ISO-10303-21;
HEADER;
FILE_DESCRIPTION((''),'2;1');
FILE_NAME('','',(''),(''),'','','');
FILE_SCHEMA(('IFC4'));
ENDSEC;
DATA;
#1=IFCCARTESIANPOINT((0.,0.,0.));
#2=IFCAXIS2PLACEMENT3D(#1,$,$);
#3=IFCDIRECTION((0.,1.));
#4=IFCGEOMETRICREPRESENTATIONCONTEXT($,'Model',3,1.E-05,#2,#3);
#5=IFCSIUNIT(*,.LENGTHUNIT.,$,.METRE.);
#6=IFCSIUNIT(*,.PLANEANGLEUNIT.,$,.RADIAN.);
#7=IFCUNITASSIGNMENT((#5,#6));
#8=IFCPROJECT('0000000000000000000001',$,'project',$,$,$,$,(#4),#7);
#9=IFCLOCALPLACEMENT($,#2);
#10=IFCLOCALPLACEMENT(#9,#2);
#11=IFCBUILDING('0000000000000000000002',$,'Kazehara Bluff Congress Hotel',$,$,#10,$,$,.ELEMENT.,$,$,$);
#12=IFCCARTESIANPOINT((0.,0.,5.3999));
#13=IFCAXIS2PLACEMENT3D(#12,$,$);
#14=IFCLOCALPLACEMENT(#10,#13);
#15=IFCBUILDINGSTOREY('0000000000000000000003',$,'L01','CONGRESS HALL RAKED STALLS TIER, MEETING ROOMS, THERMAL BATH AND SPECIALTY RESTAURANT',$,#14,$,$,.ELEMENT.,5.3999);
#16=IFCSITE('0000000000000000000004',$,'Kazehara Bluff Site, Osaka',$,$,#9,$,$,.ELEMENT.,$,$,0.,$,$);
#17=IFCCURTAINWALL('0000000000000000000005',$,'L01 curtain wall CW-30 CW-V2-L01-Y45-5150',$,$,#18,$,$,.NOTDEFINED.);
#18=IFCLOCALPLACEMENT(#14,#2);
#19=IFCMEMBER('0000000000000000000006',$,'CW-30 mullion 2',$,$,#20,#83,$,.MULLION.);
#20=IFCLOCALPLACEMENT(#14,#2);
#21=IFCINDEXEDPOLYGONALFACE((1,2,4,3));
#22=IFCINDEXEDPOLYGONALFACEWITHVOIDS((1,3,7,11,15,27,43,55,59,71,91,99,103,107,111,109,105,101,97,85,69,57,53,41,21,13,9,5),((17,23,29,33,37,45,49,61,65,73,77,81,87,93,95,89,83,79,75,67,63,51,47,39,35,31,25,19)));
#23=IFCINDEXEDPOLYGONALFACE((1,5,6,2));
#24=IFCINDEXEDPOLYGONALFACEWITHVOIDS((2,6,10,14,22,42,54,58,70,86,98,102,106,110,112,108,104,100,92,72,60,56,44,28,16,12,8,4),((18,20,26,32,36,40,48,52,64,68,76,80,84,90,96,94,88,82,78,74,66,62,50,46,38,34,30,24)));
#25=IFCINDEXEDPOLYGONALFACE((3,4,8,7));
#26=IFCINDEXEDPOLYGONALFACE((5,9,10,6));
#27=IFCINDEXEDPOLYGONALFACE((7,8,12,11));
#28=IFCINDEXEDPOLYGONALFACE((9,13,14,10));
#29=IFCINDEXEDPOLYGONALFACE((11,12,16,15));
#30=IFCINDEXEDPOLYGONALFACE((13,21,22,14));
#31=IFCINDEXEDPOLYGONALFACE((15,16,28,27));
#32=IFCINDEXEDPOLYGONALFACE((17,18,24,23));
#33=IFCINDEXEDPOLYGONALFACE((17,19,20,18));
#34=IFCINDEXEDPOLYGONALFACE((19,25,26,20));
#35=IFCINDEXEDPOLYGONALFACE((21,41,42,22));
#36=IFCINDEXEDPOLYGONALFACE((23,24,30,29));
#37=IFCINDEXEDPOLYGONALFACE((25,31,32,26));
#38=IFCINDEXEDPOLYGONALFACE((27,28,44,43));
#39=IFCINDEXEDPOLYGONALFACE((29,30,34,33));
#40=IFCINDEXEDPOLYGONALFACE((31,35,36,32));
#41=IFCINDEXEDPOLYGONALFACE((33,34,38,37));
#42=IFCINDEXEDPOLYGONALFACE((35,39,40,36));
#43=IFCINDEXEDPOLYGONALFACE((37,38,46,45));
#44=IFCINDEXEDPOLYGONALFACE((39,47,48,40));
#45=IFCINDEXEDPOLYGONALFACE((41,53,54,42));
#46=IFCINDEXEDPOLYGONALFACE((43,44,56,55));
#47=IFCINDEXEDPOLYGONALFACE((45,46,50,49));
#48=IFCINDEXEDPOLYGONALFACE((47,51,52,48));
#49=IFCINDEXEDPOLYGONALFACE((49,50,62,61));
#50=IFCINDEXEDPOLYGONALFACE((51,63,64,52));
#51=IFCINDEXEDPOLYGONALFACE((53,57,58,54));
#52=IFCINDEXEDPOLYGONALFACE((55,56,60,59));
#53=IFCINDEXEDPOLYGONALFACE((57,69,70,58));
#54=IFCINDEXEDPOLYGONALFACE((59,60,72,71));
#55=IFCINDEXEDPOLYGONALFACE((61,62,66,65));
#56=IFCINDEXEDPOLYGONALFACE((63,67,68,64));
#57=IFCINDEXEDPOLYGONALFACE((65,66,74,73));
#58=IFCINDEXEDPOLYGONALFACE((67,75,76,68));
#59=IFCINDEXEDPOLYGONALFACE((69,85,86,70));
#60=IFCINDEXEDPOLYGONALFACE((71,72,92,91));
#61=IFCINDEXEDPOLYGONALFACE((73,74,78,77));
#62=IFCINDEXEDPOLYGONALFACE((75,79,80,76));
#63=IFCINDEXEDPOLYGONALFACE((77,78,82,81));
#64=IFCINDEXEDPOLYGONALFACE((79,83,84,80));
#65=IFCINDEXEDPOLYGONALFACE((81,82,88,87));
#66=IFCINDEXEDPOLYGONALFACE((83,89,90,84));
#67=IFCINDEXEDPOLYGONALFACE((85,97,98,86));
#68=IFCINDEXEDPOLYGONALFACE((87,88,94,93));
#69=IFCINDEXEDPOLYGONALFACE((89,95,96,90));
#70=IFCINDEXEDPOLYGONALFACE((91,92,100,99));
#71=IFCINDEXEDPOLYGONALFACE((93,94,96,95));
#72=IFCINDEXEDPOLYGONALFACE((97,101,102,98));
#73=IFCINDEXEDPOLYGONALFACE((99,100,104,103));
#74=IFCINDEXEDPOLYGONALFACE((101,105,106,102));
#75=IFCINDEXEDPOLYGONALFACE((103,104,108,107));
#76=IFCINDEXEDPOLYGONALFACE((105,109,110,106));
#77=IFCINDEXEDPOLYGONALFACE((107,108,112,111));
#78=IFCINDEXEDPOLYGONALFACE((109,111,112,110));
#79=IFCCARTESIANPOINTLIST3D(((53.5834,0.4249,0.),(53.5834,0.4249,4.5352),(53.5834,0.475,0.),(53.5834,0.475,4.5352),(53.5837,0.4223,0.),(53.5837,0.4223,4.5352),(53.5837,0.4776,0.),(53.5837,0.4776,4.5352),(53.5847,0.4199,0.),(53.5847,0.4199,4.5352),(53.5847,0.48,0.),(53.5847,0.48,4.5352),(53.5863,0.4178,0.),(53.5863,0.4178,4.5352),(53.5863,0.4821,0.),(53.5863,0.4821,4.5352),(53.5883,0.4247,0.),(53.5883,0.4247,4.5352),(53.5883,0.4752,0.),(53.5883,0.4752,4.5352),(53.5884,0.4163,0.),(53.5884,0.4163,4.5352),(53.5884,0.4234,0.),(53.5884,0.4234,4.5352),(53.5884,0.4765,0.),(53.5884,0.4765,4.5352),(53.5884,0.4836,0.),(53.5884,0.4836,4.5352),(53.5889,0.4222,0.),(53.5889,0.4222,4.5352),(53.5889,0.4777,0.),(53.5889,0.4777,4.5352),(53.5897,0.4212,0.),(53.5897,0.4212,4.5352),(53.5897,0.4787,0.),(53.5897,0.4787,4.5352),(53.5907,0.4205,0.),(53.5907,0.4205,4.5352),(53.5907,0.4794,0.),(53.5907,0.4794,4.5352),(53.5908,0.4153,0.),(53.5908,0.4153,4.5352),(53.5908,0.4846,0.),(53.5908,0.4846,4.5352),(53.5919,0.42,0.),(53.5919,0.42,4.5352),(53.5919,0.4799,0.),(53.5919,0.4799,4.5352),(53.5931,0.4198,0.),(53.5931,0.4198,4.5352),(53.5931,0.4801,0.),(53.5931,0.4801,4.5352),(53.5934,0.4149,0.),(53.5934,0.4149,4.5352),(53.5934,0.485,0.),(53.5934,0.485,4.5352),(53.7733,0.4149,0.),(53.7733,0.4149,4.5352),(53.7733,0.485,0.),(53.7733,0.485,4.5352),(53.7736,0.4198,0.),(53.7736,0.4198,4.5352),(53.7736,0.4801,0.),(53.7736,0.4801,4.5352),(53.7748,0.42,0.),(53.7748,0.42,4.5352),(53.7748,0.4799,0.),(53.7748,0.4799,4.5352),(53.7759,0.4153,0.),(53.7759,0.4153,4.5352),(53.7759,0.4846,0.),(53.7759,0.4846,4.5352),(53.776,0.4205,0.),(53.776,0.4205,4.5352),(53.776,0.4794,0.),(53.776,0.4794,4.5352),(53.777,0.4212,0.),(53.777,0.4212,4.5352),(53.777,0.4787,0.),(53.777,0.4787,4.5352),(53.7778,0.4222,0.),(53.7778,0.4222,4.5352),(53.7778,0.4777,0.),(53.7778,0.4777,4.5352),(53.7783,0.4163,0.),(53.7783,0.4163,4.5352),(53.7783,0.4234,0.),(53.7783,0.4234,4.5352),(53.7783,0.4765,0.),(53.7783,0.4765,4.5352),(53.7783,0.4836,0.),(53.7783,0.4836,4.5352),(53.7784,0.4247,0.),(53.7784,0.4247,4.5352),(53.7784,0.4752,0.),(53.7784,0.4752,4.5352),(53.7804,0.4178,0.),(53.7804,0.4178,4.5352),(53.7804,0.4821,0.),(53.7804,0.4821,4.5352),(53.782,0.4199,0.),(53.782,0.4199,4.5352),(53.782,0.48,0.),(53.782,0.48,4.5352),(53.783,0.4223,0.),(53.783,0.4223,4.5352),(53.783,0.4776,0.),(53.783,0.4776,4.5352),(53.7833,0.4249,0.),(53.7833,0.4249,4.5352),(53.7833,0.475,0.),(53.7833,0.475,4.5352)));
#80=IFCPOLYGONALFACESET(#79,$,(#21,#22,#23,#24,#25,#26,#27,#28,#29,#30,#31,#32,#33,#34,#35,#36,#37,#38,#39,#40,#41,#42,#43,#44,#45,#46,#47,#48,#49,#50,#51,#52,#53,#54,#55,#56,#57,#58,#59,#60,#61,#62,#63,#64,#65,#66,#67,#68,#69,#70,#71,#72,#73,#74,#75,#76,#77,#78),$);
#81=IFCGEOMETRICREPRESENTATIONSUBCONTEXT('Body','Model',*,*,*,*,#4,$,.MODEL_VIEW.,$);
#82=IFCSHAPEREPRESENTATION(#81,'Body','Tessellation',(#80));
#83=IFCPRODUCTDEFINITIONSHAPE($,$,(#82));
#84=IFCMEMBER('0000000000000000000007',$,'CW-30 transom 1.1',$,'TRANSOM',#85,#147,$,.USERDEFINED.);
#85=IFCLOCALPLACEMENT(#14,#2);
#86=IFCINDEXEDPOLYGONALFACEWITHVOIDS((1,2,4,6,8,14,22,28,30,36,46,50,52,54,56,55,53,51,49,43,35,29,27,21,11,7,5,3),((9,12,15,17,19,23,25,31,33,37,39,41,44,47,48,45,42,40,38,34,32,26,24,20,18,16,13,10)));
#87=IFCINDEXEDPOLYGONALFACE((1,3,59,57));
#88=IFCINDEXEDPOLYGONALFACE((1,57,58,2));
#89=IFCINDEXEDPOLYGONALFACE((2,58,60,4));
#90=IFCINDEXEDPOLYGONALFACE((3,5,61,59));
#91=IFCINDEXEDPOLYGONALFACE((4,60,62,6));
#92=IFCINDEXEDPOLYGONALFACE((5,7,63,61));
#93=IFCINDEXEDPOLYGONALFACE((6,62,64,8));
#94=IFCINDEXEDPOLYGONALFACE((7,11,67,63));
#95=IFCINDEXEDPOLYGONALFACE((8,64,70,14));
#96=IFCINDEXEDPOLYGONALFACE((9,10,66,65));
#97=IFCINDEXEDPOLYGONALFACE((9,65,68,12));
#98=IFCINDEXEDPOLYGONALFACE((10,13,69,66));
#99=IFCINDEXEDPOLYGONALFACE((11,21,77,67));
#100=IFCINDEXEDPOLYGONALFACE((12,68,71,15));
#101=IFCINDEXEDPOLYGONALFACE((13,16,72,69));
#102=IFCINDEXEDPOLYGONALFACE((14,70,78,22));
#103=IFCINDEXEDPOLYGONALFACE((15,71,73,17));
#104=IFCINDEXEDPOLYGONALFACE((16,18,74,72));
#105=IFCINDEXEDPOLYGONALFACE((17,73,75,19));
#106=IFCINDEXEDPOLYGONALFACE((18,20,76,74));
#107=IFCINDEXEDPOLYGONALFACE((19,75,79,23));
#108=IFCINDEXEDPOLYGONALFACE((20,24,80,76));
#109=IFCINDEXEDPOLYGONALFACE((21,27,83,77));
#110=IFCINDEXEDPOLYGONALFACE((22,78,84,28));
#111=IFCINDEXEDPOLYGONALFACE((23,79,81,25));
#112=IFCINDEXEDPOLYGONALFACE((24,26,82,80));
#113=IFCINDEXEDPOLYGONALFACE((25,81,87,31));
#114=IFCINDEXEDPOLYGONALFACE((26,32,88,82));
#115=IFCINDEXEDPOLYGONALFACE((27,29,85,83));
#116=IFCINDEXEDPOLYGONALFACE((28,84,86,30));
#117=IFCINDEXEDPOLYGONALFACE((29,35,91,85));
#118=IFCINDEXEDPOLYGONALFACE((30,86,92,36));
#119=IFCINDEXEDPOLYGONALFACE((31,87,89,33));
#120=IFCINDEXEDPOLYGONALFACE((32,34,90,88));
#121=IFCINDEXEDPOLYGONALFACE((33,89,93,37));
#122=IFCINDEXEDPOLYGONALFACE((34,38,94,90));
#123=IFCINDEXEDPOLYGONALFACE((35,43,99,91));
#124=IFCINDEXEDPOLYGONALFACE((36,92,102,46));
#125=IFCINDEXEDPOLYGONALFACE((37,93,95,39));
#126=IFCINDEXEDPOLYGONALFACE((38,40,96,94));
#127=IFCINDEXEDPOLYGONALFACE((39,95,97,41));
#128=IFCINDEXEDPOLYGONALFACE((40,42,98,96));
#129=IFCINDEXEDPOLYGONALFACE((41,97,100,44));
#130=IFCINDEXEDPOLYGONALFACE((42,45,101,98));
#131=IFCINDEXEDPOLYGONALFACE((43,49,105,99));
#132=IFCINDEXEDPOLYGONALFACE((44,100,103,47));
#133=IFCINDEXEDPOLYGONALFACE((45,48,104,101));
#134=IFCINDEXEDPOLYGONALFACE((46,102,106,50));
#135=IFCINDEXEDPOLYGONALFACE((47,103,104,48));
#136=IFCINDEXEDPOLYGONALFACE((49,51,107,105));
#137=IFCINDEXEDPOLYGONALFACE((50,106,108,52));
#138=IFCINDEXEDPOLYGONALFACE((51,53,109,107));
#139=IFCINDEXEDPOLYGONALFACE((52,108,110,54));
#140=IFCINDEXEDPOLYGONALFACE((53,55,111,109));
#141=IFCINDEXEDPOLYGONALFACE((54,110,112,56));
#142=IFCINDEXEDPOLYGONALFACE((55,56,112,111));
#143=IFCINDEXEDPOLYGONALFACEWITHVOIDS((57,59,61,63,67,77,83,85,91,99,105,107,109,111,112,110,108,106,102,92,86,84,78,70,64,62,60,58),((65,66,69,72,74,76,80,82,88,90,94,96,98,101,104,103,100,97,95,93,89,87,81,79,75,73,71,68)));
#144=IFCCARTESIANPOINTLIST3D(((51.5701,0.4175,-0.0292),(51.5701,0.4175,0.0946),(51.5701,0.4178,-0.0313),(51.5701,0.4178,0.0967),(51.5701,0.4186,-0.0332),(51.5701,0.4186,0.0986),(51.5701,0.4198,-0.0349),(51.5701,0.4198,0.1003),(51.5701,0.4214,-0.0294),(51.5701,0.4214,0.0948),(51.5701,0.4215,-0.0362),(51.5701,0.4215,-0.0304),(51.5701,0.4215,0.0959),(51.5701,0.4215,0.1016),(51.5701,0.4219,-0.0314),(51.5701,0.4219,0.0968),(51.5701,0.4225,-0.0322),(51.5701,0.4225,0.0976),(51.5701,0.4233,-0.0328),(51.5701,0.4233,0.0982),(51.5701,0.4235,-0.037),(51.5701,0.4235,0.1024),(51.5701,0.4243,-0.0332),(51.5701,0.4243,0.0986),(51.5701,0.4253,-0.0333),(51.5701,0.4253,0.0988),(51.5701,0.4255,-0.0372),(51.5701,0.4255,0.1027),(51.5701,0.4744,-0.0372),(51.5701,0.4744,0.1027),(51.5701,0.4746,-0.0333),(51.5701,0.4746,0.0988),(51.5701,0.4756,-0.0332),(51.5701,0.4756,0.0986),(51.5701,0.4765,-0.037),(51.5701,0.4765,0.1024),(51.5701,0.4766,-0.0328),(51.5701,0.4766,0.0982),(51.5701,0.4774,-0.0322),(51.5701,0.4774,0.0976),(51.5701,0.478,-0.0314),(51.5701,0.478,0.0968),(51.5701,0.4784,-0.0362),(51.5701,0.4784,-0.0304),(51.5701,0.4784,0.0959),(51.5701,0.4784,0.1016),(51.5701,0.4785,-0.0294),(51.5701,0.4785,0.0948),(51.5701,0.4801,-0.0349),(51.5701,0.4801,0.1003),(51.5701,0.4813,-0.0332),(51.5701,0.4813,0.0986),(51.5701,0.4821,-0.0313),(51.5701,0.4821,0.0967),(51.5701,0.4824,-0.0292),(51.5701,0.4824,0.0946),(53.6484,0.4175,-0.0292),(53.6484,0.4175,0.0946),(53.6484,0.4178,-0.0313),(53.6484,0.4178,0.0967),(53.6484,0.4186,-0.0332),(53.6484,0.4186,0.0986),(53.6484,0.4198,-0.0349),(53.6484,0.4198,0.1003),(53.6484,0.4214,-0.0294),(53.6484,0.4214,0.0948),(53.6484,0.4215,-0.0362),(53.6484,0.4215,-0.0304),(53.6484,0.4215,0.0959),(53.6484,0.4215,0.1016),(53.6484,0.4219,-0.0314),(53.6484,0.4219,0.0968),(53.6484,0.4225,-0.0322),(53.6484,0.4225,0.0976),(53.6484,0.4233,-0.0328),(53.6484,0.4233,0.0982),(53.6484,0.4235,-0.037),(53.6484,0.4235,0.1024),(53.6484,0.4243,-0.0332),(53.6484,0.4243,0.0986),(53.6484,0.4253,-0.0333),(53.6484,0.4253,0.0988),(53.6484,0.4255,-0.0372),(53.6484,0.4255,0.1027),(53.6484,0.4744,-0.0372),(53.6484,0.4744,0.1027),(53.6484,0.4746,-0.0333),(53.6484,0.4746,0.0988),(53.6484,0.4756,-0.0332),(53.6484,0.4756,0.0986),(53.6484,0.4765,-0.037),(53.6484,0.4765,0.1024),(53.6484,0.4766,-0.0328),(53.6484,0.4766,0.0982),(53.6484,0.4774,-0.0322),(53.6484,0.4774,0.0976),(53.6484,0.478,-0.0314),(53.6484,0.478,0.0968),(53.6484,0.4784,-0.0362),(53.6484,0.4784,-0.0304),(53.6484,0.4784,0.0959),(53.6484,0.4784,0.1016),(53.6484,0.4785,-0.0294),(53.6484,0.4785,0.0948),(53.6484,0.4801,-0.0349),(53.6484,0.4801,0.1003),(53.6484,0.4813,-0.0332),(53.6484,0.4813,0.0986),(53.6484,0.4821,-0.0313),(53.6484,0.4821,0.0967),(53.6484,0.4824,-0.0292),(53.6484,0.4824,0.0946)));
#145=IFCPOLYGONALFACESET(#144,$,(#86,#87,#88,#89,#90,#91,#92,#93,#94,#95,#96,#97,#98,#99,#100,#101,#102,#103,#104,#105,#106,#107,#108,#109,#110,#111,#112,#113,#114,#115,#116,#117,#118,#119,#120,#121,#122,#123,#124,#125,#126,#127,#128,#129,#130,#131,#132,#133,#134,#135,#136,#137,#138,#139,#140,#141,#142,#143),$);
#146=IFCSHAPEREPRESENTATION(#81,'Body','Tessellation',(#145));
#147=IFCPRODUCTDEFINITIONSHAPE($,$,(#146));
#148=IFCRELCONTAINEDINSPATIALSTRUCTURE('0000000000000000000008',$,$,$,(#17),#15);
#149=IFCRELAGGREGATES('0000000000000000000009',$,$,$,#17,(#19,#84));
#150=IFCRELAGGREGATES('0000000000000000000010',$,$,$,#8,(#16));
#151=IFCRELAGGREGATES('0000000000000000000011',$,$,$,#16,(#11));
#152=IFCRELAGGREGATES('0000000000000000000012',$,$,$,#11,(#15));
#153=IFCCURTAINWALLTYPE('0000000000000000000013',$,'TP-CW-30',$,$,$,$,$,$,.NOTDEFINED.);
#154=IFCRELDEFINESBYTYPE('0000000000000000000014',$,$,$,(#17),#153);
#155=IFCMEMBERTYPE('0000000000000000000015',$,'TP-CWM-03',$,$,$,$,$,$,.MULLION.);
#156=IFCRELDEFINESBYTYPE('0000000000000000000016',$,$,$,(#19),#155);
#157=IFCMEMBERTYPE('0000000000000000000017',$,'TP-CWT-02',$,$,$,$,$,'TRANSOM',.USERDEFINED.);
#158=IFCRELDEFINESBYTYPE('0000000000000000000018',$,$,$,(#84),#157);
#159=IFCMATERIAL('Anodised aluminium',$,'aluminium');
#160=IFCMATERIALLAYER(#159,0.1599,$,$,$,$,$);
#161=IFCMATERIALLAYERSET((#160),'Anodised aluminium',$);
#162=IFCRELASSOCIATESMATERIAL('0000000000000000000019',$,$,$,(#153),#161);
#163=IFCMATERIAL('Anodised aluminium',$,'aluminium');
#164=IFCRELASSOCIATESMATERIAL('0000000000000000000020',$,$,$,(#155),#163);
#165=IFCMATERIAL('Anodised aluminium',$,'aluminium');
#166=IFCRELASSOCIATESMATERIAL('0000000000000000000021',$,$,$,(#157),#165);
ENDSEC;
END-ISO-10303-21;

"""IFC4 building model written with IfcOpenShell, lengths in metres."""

from ifc_helpers import new_model, si_unit, direction, frame, origin, origin_2d, place, context, subcontext, project, spatial, hollow_rectangle, extrude, material, layer, layer_set, material_profile, profile_set, type_object, element, aggregate, save


model = new_model("IFC4")

# Units and contexts
model_context = context("Model", 3, precision=1e-05, world=origin(), true_north=direction((0.0, 1.0)))
body_context = subcontext(model_context, "Body", "Model", "MODEL_VIEW")
ifc_project = project(units=[si_unit("LENGTHUNIT", "METRE"), si_unit("PLANEANGLEUNIT", "RADIAN")], contexts=[model_context])

# Site, building, storey
site_placement = place(None, origin())
site = spatial("IfcSite", under=ifc_project, at=site_placement, Name="Kazehara Bluff Site, Osaka", CompositionType="ELEMENT", RefElevation=0.0)
building_placement = place(site_placement, origin())
building = spatial("IfcBuilding", under=site, at=building_placement, Name="Kazehara Bluff Congress Hotel", CompositionType="ELEMENT")
storey_placement = place(building_placement, frame((0.0, 0.0, 5.3999)))
storey = spatial("IfcBuildingStorey", under=building, at=storey_placement, Name="L01", Description="CONGRESS HALL RAKED STALLS TIER, MEETING ROOMS, THERMAL BATH AND SPECIALTY RESTAURANT", CompositionType="ELEMENT", Elevation=5.3999)

# Curtain wall, members
ifc_material_1 = material(Name="Anodised aluminium", Category="aluminium")
ifc_layer_1 = layer(ifc_material_1, 0.1599)
ifc_layer_set_1 = layer_set([ifc_layer_1], Name="Anodised aluminium")
curtain_wall_type = type_object("IfcCurtainWallType", Name="TP-CW-30", PredefinedType="NOTDEFINED", material=ifc_layer_set_1)
curtain_wall_placement = place(storey_placement, origin())
curtain_wall = element("IfcCurtainWall", 1, at=curtain_wall_placement, inside=storey, type_object=curtain_wall_type, Name="L01 curtain wall CW-30 CW-V2-L01-Y45-5150", PredefinedType="NOTDEFINED")
ifc_material_2 = material(Name="Anodised aluminium", Category="aluminium")
ifc_material_profile_1 = material_profile(ifc_material_2, hollow_rectangle(XDim=0.0701, YDim=0.2, WallThickness=0.0049, InnerFilletRadius=0.0049, OuterFilletRadius=0.01, at=origin_2d()))
ifc_profile_set_1 = profile_set([ifc_material_profile_1], Name="Anodised aluminium")
member_type_1 = type_object("IfcMemberType", Name="TP-CWM-03", PredefinedType="MULLION", material=ifc_profile_set_1)
member_1_placement = place(storey_placement, frame((53.6833, 0.45, 0.0), z_axis=(0.0, 0.0, 1.0), x_axis=(0.0, 1.0, 0.0)))
member_1 = element("IfcMember", 2, at=member_1_placement, type_object=member_type_1, Name="CW-30 mullion 2", PredefinedType="MULLION", context=body_context, shape_type="SweptSolid", body=[
    extrude(hollow_rectangle(XDim=0.0701, YDim=0.2, WallThickness=0.0049, InnerFilletRadius=0.0049, OuterFilletRadius=0.01, at=origin_2d()), origin(), (0.0, 0.0, 1.0), 4.5352),
])
ifc_material_3 = material(Name="Anodised aluminium", Category="aluminium")
ifc_material_profile_2 = material_profile(ifc_material_3, hollow_rectangle(XDim=0.0649, YDim=0.1399, WallThickness=0.0039, InnerFilletRadius=0.0039, OuterFilletRadius=0.0081, at=origin_2d()))
ifc_profile_set_2 = profile_set([ifc_material_profile_2], Name="Anodised aluminium")
member_type_2 = type_object("IfcMemberType", Name="TP-CWT-02", ElementType="TRANSOM", PredefinedType="USERDEFINED", material=ifc_profile_set_2)
member_2_placement = place(storey_placement, frame((51.5701, 0.45, 0.0327), z_axis=(1.0, 0.0, 0.0), x_axis=(0.0, 1.0, 0.0)))
member_2 = element("IfcMember", 3, at=member_2_placement, type_object=member_type_2, Name="CW-30 transom 1.1", ObjectType="TRANSOM", PredefinedType="USERDEFINED", context=body_context, shape_type="SweptSolid", body=[
    extrude(hollow_rectangle(XDim=0.0649, YDim=0.1399, WallThickness=0.0039, InnerFilletRadius=0.0039, OuterFilletRadius=0.0081, at=origin_2d()), origin(), (0.0, 0.0, 1.0), 2.0784),
])

aggregate(curtain_wall, [member_1, member_2])

save(model, "model.ifc")
